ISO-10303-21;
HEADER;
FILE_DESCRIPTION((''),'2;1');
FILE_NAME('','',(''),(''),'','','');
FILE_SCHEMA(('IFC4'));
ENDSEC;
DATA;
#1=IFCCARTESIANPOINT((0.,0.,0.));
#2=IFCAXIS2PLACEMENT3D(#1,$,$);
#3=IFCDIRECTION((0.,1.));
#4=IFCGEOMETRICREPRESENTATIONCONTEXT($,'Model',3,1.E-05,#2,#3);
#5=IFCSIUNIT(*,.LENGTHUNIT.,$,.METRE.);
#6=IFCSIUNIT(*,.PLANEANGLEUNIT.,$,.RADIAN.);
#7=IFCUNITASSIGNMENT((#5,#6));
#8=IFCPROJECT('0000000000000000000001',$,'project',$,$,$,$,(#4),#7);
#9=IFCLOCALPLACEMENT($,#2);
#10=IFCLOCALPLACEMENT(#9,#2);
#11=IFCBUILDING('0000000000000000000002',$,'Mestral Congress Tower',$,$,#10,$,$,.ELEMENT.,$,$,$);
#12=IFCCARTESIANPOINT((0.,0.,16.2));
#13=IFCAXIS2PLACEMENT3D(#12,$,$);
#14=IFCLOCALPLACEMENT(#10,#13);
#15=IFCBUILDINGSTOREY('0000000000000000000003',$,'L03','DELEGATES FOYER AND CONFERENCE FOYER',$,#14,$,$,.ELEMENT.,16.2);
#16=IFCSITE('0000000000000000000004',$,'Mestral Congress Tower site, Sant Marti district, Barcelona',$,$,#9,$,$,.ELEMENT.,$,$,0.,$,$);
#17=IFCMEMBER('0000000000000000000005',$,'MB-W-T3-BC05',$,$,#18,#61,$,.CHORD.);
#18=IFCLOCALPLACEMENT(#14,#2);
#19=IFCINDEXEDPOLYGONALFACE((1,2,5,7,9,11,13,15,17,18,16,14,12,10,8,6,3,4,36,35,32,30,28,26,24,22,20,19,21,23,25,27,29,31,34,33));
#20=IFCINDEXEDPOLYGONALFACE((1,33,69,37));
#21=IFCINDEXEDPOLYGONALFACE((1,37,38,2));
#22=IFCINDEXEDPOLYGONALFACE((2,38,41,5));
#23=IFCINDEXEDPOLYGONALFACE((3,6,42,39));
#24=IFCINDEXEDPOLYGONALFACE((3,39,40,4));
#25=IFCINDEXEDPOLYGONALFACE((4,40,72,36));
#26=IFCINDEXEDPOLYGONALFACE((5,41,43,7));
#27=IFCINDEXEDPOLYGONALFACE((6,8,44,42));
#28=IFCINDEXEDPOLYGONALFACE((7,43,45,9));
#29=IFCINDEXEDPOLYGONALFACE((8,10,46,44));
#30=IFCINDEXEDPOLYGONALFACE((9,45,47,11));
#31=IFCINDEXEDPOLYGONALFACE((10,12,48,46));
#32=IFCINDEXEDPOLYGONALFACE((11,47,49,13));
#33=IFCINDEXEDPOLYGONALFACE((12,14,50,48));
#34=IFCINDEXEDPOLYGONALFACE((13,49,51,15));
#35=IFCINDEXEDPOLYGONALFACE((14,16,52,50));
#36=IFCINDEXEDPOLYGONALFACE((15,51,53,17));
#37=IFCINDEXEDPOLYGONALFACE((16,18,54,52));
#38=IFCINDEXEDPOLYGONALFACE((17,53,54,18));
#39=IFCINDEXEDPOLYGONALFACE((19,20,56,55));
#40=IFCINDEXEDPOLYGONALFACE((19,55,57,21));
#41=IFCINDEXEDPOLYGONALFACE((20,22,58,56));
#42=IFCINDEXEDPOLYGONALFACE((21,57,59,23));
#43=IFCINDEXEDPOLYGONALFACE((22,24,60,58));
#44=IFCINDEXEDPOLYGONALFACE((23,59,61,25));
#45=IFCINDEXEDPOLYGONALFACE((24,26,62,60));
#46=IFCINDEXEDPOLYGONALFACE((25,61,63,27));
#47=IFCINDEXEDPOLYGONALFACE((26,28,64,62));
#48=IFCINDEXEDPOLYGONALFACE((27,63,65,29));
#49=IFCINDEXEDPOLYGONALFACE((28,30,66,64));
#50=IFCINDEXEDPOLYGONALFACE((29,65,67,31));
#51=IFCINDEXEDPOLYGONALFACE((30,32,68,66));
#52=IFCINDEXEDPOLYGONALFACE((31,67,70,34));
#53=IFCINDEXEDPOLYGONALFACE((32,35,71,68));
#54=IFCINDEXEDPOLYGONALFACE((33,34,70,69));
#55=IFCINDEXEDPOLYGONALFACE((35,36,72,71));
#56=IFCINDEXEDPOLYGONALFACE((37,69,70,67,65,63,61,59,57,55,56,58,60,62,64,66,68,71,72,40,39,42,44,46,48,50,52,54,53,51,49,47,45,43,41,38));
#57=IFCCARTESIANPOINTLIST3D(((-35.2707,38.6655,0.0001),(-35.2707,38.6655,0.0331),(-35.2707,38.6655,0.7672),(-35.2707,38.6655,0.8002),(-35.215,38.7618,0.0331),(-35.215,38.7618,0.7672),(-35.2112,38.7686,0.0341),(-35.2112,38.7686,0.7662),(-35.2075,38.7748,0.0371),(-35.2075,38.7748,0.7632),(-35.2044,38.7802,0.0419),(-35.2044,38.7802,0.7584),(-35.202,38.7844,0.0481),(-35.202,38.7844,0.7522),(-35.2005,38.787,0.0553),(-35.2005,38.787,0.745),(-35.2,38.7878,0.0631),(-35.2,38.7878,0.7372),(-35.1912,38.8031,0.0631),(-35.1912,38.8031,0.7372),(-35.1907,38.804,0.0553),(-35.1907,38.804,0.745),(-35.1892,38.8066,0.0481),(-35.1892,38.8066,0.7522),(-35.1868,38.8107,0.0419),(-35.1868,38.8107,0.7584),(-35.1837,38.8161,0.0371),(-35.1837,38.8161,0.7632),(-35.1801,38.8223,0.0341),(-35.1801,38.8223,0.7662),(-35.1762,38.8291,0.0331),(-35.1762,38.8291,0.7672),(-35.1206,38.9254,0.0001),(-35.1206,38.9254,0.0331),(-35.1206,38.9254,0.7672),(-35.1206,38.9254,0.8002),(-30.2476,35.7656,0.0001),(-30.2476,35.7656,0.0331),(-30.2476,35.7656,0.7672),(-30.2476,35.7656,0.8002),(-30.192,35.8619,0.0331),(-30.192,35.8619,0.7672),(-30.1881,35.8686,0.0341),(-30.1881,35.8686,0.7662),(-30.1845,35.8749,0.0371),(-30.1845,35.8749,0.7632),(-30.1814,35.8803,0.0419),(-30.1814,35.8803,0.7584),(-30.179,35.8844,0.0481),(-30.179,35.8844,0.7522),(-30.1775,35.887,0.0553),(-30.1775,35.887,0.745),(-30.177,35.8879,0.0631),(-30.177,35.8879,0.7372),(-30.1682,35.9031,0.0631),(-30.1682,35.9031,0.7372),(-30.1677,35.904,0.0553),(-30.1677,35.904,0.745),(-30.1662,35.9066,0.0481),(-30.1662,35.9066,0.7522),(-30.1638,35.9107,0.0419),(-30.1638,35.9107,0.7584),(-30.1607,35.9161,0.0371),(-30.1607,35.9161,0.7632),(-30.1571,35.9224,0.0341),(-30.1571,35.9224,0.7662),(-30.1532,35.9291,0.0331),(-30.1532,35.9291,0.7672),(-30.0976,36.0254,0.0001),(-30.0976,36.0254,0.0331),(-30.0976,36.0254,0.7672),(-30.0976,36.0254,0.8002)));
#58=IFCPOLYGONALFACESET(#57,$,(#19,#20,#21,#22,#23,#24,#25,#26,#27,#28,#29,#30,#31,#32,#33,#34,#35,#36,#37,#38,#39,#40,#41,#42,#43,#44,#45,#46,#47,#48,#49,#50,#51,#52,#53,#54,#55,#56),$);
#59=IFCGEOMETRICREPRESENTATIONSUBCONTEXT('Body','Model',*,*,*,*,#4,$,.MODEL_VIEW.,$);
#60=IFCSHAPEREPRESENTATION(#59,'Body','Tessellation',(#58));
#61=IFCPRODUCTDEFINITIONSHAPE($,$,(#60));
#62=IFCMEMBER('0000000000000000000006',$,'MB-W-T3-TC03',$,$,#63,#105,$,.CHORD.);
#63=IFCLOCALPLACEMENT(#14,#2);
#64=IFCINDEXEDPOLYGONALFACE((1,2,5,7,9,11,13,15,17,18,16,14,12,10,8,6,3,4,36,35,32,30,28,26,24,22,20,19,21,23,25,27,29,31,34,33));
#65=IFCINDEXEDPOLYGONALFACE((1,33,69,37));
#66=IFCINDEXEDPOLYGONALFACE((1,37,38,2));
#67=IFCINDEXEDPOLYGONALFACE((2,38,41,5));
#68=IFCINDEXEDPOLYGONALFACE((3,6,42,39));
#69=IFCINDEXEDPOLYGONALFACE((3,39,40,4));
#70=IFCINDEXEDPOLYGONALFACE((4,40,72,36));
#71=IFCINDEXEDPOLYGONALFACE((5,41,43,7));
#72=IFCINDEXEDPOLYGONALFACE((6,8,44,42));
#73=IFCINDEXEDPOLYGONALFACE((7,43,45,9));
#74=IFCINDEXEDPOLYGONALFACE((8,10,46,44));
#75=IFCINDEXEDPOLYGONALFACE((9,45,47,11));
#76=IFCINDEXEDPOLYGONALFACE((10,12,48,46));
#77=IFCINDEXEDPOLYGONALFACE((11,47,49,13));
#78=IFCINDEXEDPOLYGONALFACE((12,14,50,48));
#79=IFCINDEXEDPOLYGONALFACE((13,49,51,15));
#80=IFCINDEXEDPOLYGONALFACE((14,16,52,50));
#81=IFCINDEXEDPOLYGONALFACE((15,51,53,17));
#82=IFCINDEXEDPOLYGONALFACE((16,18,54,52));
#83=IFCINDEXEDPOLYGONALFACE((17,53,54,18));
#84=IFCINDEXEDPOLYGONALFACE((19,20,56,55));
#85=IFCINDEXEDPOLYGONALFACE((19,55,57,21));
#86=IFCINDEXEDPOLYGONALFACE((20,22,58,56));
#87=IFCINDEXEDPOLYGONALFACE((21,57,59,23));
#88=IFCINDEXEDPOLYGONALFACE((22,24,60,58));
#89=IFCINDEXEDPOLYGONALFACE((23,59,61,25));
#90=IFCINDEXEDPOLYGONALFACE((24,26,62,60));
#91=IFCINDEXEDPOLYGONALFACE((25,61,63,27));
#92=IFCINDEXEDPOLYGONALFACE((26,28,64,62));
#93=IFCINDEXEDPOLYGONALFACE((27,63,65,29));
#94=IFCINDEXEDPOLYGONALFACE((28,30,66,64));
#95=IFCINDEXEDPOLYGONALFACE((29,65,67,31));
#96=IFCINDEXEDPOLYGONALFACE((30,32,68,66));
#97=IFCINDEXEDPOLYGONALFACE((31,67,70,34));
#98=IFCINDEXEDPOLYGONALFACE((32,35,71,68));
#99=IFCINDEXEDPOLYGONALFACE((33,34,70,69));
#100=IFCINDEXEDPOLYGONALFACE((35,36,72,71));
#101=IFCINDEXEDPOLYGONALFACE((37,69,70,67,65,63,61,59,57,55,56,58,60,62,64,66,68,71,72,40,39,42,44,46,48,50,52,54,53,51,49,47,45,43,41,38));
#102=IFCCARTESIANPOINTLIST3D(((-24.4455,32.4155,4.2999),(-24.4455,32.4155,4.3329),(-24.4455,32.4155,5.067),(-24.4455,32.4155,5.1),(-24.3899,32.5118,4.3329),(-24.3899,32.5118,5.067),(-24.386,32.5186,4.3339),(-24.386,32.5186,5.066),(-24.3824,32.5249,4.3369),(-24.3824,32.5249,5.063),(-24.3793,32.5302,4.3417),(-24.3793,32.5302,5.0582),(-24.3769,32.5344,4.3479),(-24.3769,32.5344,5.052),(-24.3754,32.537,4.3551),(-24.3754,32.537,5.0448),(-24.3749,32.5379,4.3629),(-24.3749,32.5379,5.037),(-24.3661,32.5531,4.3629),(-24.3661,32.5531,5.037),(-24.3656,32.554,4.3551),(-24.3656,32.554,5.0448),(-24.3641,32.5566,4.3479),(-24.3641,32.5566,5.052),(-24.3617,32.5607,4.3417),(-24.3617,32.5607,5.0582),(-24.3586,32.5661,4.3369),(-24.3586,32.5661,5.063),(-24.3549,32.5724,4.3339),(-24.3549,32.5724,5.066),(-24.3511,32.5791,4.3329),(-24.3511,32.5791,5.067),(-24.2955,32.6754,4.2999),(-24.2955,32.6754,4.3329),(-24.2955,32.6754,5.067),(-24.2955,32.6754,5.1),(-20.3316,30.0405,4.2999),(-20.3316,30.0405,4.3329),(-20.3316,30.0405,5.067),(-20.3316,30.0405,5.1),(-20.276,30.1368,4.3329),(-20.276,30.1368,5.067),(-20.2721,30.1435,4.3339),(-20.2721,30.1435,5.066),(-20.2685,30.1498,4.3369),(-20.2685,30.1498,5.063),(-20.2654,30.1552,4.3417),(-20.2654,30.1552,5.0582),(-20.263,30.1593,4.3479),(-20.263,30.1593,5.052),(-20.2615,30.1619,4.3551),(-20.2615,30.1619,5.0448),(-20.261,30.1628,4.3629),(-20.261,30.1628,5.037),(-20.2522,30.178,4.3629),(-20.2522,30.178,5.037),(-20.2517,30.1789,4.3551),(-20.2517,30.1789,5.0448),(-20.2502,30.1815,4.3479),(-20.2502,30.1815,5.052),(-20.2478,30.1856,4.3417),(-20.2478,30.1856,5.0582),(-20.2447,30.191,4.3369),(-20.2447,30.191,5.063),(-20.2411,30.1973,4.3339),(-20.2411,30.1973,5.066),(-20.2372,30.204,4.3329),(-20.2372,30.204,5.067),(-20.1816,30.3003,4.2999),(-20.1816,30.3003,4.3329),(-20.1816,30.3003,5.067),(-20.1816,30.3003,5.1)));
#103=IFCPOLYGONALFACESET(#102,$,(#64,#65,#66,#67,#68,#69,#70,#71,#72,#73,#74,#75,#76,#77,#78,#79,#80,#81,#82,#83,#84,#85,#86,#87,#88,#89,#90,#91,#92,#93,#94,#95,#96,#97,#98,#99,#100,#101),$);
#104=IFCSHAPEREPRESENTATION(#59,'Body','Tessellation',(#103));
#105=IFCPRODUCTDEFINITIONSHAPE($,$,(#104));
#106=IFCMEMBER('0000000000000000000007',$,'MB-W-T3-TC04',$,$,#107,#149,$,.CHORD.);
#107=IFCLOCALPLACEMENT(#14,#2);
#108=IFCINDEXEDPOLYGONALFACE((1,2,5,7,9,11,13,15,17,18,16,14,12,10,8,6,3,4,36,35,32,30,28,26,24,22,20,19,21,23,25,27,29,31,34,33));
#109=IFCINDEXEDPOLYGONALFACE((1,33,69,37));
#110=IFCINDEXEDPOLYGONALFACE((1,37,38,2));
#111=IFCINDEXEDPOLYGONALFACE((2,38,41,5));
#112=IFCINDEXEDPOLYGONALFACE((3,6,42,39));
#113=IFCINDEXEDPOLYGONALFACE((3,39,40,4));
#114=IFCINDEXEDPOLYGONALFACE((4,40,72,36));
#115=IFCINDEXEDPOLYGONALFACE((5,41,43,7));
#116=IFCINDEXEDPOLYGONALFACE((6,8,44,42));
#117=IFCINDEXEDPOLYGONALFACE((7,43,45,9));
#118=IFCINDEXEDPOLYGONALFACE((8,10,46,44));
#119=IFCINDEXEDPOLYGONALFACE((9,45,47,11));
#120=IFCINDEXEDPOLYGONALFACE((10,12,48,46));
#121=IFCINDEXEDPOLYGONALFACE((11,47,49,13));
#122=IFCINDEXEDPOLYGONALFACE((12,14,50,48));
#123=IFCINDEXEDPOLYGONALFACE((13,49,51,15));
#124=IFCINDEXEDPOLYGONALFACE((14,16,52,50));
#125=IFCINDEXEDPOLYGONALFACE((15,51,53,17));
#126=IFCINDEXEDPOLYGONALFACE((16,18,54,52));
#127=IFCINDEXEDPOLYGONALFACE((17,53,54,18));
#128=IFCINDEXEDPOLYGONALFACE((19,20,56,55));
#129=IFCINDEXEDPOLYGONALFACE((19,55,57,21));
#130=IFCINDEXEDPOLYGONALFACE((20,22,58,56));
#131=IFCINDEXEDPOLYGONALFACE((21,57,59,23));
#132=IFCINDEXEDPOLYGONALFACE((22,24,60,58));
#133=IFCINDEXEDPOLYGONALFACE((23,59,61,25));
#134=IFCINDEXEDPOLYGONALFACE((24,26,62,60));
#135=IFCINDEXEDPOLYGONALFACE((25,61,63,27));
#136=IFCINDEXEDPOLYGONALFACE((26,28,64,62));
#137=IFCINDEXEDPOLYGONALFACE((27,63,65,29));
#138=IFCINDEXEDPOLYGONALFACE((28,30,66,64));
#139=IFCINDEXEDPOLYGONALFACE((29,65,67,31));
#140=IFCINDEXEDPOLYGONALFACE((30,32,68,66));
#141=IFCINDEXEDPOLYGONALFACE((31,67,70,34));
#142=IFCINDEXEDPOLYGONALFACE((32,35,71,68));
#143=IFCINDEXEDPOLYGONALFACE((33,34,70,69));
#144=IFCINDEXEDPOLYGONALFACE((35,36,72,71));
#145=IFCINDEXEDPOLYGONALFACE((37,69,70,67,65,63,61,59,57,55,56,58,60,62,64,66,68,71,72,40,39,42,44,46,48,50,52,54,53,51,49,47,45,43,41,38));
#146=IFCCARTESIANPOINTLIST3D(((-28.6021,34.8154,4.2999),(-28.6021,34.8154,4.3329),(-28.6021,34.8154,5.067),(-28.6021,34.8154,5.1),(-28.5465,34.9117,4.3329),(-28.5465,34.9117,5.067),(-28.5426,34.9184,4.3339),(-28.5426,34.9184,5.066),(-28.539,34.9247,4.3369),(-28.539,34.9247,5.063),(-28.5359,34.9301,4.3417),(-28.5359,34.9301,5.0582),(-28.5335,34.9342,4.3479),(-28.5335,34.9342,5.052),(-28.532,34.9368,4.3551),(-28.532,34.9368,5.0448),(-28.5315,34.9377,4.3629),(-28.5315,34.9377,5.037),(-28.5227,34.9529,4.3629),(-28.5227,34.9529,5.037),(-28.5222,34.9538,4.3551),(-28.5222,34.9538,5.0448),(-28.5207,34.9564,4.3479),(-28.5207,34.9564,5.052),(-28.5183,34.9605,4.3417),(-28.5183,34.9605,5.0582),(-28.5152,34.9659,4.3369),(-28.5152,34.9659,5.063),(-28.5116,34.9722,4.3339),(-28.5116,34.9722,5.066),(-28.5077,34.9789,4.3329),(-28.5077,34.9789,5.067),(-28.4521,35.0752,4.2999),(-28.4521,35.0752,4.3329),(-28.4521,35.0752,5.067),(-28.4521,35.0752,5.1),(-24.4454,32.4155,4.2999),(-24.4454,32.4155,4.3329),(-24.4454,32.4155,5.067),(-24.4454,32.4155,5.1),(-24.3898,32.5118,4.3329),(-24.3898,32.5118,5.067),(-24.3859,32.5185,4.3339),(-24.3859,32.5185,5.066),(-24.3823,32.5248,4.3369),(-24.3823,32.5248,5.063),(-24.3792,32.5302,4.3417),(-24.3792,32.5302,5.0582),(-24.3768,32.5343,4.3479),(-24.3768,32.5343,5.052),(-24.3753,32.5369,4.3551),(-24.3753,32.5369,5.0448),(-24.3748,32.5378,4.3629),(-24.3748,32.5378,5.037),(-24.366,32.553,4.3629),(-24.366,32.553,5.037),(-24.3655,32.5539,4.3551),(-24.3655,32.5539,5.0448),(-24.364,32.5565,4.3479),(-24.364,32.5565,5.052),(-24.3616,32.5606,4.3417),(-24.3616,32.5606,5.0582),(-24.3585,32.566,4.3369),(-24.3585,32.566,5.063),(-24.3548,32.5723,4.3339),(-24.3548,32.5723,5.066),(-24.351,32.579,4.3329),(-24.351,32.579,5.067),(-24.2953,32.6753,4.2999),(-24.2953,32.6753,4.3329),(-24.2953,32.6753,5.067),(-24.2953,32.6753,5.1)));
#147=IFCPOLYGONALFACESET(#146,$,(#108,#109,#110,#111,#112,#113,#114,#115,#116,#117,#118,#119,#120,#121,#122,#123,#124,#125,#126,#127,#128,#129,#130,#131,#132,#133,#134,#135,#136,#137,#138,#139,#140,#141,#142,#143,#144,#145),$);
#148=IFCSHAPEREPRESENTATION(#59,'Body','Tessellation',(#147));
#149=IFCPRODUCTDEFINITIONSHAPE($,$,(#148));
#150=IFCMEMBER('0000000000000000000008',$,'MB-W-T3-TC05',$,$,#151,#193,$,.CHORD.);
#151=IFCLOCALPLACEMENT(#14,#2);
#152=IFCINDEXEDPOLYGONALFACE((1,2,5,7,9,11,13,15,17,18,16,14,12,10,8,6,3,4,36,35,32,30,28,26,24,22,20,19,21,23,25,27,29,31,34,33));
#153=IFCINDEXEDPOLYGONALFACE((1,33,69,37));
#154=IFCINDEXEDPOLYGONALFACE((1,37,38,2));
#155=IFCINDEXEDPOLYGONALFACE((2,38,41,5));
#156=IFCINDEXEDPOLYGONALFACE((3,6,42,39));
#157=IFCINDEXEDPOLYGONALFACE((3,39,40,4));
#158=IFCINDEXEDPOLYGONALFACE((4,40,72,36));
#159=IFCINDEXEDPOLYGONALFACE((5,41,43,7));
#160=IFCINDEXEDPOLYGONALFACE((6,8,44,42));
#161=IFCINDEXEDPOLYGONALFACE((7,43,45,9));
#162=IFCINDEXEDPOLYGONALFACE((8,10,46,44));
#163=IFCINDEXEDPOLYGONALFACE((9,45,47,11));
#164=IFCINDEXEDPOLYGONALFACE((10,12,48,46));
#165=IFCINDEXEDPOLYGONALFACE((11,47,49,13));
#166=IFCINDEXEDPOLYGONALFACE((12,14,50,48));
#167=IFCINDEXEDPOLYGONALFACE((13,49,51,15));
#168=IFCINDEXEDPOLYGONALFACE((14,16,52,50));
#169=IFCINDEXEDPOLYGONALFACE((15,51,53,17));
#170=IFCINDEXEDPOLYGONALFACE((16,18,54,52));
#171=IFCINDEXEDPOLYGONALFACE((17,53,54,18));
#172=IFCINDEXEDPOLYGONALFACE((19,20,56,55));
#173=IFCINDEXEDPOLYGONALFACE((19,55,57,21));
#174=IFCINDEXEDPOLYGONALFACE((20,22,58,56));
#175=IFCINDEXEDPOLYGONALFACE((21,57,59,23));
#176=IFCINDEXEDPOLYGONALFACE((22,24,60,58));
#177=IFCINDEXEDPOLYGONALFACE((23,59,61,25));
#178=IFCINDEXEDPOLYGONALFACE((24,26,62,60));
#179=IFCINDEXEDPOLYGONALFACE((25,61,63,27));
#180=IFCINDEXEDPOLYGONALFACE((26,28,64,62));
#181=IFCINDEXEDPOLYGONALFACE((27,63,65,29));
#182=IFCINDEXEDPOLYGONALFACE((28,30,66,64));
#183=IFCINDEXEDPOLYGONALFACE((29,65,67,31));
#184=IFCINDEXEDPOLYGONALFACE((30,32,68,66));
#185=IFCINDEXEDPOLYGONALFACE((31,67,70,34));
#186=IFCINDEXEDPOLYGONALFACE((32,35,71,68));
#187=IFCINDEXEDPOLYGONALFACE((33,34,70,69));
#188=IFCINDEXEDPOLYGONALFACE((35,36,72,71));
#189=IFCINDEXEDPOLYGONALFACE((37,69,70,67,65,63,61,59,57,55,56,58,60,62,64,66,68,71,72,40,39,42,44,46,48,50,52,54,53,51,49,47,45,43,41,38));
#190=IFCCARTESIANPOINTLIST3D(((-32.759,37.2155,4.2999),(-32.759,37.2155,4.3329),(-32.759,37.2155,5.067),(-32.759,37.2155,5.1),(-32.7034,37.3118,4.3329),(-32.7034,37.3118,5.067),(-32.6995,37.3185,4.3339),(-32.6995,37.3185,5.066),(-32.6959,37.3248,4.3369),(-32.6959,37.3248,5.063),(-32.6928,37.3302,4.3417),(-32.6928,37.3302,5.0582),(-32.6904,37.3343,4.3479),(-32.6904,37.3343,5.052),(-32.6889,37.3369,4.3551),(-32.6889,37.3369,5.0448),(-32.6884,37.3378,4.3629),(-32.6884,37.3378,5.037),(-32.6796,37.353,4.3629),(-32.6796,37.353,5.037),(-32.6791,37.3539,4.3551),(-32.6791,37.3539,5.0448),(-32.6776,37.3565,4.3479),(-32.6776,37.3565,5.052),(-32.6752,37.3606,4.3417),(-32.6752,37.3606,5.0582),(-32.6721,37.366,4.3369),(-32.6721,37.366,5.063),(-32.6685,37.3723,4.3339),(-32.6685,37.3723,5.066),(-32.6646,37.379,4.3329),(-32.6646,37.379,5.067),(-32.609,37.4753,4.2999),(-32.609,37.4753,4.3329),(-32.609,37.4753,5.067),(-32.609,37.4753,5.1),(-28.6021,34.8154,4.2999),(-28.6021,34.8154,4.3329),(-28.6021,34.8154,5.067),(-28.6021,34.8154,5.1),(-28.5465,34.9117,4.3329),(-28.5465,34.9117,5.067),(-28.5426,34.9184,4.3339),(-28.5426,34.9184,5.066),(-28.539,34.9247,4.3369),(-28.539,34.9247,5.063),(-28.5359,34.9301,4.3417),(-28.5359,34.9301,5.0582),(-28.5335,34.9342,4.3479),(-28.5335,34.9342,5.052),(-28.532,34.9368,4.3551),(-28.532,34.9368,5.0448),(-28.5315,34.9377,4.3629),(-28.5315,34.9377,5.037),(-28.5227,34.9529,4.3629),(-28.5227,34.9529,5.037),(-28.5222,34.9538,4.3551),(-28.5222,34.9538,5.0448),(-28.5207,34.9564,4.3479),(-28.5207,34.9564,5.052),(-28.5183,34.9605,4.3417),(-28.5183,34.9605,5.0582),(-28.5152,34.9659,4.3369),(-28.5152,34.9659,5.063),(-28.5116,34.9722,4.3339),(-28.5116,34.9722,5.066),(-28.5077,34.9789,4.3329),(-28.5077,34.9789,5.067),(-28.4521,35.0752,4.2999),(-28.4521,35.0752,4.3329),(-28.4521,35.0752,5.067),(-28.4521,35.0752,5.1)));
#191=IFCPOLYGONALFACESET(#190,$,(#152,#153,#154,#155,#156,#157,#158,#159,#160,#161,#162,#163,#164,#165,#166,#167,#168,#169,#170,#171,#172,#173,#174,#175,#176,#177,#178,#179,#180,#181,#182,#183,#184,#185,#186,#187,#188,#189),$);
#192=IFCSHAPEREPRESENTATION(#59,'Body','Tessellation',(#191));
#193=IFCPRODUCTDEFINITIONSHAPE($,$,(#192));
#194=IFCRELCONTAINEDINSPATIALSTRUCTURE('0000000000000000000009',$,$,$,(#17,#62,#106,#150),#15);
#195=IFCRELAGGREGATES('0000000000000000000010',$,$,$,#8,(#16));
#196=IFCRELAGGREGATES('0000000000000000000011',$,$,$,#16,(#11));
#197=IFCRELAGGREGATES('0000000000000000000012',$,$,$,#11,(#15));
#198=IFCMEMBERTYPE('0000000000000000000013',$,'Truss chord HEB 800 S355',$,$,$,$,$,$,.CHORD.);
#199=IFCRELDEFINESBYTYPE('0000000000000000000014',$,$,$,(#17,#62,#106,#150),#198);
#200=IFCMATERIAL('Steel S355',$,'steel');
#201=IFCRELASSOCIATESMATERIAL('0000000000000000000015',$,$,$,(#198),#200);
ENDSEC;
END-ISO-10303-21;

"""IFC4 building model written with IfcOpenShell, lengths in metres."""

from ifc_helpers import new_model, si_unit, direction, frame, origin, origin_2d, place, context, subcontext, project, spatial, i_section, extrude, material, material_profile, profile_set, type_object, element, save


model = new_model("IFC4")

# Units and contexts
model_context = context("Model", 3, precision=1e-05, world=origin(), true_north=direction((0.0, 1.0)))
body_context = subcontext(model_context, "Body", "Model", "MODEL_VIEW")
ifc_project = project(units=[si_unit("LENGTHUNIT", "METRE"), si_unit("PLANEANGLEUNIT", "RADIAN")], contexts=[model_context])

# Site, building, storey
site_placement = place(None, origin())
site = spatial("IfcSite", under=ifc_project, at=site_placement, Name="Mestral Congress Tower site, Sant Marti district, Barcelona", CompositionType="ELEMENT", RefElevation=0.0)
building_placement = place(site_placement, origin())
building = spatial("IfcBuilding", under=site, at=building_placement, Name="Mestral Congress Tower", CompositionType="ELEMENT")
storey_placement = place(building_placement, frame((0.0, 0.0, 16.2)))
storey = spatial("IfcBuildingStorey", under=building, at=storey_placement, Name="L03", Description="DELEGATES FOYER AND CONFERENCE FOYER", CompositionType="ELEMENT", Elevation=16.2)

# Members
ifc_material = material(Name="Steel S355", Category="steel")
ifc_material_profile_1 = material_profile(ifc_material, i_section(OverallWidth=0.3, OverallDepth=0.8, WebThickness=0.0176, FlangeThickness=0.033, FilletRadius=0.03, at=origin_2d()), Name="HEB 800")
ifc_profile_set_1 = profile_set([ifc_material_profile_1], Name="Steel S355")
member_type_1 = type_object("IfcMemberType", Name="Truss chord HEB 800 S355", PredefinedType="CHORD", material=ifc_profile_set_1)
member_1_placement = place(storey_placement, frame((-30.1726, 35.8955, 0.4001), z_axis=(-0.866033, 0.499987, 0.0), x_axis=(-0.499987, -0.866033, 0.0)))
element("IfcMember", 1, at=member_1_placement, inside=storey, type_object=member_type_1, Name="MB-W-T3-BC05", PredefinedType="CHORD", context=body_context, shape_type="SweptSolid", body=[
    extrude(i_section(OverallWidth=0.3, OverallDepth=0.8, WebThickness=0.0176, FlangeThickness=0.033, FilletRadius=0.03, at=origin_2d()), origin(), (0.0, 0.0, 1.0), 5.8),
])
member_2_placement = place(storey_placement, frame((-20.2566, 30.1704, 4.7), z_axis=(-0.866033, 0.499986, 0.0), x_axis=(-0.499986, -0.866033, 0.0)))
element("IfcMember", 2, at=member_2_placement, inside=storey, type_object=member_type_1, Name="MB-W-T3-TC03", PredefinedType="CHORD", context=body_context, shape_type="SweptSolid", body=[
    extrude(i_section(OverallWidth=0.3, OverallDepth=0.8, WebThickness=0.0176, FlangeThickness=0.033, FilletRadius=0.03, at=origin_2d()), origin(), (0.0, 0.0, 1.0), 4.7502),
])
member_3_placement = place(storey_placement, frame((-24.3704, 32.5454, 4.7), z_axis=(-0.866025, 0.500001, 0.0), x_axis=(-0.500001, -0.866025, 0.0)))
element("IfcMember", 3, at=member_3_placement, inside=storey, type_object=member_type_1, Name="MB-W-T3-TC04", PredefinedType="CHORD", context=body_context, shape_type="SweptSolid", body=[
    extrude(i_section(OverallWidth=0.3, OverallDepth=0.8, WebThickness=0.0176, FlangeThickness=0.033, FilletRadius=0.03, at=origin_2d()), origin(), (0.0, 0.0, 1.0), 4.7998),
])
member_4_placement = place(storey_placement, frame((-28.5271, 34.9453, 4.7), z_axis=(-0.866015, 0.500017, 0.0), x_axis=(-0.500017, -0.866015, 0.0)))
element("IfcMember", 4, at=member_4_placement, inside=storey, type_object=member_type_1, Name="MB-W-T3-TC05", PredefinedType="CHORD", context=body_context, shape_type="SweptSolid", body=[
    extrude(i_section(OverallWidth=0.3, OverallDepth=0.8, WebThickness=0.0176, FlangeThickness=0.033, FilletRadius=0.03, at=origin_2d()), origin(), (0.0, 0.0, 1.0), 4.8),
])

save(model, "model.ifc")
